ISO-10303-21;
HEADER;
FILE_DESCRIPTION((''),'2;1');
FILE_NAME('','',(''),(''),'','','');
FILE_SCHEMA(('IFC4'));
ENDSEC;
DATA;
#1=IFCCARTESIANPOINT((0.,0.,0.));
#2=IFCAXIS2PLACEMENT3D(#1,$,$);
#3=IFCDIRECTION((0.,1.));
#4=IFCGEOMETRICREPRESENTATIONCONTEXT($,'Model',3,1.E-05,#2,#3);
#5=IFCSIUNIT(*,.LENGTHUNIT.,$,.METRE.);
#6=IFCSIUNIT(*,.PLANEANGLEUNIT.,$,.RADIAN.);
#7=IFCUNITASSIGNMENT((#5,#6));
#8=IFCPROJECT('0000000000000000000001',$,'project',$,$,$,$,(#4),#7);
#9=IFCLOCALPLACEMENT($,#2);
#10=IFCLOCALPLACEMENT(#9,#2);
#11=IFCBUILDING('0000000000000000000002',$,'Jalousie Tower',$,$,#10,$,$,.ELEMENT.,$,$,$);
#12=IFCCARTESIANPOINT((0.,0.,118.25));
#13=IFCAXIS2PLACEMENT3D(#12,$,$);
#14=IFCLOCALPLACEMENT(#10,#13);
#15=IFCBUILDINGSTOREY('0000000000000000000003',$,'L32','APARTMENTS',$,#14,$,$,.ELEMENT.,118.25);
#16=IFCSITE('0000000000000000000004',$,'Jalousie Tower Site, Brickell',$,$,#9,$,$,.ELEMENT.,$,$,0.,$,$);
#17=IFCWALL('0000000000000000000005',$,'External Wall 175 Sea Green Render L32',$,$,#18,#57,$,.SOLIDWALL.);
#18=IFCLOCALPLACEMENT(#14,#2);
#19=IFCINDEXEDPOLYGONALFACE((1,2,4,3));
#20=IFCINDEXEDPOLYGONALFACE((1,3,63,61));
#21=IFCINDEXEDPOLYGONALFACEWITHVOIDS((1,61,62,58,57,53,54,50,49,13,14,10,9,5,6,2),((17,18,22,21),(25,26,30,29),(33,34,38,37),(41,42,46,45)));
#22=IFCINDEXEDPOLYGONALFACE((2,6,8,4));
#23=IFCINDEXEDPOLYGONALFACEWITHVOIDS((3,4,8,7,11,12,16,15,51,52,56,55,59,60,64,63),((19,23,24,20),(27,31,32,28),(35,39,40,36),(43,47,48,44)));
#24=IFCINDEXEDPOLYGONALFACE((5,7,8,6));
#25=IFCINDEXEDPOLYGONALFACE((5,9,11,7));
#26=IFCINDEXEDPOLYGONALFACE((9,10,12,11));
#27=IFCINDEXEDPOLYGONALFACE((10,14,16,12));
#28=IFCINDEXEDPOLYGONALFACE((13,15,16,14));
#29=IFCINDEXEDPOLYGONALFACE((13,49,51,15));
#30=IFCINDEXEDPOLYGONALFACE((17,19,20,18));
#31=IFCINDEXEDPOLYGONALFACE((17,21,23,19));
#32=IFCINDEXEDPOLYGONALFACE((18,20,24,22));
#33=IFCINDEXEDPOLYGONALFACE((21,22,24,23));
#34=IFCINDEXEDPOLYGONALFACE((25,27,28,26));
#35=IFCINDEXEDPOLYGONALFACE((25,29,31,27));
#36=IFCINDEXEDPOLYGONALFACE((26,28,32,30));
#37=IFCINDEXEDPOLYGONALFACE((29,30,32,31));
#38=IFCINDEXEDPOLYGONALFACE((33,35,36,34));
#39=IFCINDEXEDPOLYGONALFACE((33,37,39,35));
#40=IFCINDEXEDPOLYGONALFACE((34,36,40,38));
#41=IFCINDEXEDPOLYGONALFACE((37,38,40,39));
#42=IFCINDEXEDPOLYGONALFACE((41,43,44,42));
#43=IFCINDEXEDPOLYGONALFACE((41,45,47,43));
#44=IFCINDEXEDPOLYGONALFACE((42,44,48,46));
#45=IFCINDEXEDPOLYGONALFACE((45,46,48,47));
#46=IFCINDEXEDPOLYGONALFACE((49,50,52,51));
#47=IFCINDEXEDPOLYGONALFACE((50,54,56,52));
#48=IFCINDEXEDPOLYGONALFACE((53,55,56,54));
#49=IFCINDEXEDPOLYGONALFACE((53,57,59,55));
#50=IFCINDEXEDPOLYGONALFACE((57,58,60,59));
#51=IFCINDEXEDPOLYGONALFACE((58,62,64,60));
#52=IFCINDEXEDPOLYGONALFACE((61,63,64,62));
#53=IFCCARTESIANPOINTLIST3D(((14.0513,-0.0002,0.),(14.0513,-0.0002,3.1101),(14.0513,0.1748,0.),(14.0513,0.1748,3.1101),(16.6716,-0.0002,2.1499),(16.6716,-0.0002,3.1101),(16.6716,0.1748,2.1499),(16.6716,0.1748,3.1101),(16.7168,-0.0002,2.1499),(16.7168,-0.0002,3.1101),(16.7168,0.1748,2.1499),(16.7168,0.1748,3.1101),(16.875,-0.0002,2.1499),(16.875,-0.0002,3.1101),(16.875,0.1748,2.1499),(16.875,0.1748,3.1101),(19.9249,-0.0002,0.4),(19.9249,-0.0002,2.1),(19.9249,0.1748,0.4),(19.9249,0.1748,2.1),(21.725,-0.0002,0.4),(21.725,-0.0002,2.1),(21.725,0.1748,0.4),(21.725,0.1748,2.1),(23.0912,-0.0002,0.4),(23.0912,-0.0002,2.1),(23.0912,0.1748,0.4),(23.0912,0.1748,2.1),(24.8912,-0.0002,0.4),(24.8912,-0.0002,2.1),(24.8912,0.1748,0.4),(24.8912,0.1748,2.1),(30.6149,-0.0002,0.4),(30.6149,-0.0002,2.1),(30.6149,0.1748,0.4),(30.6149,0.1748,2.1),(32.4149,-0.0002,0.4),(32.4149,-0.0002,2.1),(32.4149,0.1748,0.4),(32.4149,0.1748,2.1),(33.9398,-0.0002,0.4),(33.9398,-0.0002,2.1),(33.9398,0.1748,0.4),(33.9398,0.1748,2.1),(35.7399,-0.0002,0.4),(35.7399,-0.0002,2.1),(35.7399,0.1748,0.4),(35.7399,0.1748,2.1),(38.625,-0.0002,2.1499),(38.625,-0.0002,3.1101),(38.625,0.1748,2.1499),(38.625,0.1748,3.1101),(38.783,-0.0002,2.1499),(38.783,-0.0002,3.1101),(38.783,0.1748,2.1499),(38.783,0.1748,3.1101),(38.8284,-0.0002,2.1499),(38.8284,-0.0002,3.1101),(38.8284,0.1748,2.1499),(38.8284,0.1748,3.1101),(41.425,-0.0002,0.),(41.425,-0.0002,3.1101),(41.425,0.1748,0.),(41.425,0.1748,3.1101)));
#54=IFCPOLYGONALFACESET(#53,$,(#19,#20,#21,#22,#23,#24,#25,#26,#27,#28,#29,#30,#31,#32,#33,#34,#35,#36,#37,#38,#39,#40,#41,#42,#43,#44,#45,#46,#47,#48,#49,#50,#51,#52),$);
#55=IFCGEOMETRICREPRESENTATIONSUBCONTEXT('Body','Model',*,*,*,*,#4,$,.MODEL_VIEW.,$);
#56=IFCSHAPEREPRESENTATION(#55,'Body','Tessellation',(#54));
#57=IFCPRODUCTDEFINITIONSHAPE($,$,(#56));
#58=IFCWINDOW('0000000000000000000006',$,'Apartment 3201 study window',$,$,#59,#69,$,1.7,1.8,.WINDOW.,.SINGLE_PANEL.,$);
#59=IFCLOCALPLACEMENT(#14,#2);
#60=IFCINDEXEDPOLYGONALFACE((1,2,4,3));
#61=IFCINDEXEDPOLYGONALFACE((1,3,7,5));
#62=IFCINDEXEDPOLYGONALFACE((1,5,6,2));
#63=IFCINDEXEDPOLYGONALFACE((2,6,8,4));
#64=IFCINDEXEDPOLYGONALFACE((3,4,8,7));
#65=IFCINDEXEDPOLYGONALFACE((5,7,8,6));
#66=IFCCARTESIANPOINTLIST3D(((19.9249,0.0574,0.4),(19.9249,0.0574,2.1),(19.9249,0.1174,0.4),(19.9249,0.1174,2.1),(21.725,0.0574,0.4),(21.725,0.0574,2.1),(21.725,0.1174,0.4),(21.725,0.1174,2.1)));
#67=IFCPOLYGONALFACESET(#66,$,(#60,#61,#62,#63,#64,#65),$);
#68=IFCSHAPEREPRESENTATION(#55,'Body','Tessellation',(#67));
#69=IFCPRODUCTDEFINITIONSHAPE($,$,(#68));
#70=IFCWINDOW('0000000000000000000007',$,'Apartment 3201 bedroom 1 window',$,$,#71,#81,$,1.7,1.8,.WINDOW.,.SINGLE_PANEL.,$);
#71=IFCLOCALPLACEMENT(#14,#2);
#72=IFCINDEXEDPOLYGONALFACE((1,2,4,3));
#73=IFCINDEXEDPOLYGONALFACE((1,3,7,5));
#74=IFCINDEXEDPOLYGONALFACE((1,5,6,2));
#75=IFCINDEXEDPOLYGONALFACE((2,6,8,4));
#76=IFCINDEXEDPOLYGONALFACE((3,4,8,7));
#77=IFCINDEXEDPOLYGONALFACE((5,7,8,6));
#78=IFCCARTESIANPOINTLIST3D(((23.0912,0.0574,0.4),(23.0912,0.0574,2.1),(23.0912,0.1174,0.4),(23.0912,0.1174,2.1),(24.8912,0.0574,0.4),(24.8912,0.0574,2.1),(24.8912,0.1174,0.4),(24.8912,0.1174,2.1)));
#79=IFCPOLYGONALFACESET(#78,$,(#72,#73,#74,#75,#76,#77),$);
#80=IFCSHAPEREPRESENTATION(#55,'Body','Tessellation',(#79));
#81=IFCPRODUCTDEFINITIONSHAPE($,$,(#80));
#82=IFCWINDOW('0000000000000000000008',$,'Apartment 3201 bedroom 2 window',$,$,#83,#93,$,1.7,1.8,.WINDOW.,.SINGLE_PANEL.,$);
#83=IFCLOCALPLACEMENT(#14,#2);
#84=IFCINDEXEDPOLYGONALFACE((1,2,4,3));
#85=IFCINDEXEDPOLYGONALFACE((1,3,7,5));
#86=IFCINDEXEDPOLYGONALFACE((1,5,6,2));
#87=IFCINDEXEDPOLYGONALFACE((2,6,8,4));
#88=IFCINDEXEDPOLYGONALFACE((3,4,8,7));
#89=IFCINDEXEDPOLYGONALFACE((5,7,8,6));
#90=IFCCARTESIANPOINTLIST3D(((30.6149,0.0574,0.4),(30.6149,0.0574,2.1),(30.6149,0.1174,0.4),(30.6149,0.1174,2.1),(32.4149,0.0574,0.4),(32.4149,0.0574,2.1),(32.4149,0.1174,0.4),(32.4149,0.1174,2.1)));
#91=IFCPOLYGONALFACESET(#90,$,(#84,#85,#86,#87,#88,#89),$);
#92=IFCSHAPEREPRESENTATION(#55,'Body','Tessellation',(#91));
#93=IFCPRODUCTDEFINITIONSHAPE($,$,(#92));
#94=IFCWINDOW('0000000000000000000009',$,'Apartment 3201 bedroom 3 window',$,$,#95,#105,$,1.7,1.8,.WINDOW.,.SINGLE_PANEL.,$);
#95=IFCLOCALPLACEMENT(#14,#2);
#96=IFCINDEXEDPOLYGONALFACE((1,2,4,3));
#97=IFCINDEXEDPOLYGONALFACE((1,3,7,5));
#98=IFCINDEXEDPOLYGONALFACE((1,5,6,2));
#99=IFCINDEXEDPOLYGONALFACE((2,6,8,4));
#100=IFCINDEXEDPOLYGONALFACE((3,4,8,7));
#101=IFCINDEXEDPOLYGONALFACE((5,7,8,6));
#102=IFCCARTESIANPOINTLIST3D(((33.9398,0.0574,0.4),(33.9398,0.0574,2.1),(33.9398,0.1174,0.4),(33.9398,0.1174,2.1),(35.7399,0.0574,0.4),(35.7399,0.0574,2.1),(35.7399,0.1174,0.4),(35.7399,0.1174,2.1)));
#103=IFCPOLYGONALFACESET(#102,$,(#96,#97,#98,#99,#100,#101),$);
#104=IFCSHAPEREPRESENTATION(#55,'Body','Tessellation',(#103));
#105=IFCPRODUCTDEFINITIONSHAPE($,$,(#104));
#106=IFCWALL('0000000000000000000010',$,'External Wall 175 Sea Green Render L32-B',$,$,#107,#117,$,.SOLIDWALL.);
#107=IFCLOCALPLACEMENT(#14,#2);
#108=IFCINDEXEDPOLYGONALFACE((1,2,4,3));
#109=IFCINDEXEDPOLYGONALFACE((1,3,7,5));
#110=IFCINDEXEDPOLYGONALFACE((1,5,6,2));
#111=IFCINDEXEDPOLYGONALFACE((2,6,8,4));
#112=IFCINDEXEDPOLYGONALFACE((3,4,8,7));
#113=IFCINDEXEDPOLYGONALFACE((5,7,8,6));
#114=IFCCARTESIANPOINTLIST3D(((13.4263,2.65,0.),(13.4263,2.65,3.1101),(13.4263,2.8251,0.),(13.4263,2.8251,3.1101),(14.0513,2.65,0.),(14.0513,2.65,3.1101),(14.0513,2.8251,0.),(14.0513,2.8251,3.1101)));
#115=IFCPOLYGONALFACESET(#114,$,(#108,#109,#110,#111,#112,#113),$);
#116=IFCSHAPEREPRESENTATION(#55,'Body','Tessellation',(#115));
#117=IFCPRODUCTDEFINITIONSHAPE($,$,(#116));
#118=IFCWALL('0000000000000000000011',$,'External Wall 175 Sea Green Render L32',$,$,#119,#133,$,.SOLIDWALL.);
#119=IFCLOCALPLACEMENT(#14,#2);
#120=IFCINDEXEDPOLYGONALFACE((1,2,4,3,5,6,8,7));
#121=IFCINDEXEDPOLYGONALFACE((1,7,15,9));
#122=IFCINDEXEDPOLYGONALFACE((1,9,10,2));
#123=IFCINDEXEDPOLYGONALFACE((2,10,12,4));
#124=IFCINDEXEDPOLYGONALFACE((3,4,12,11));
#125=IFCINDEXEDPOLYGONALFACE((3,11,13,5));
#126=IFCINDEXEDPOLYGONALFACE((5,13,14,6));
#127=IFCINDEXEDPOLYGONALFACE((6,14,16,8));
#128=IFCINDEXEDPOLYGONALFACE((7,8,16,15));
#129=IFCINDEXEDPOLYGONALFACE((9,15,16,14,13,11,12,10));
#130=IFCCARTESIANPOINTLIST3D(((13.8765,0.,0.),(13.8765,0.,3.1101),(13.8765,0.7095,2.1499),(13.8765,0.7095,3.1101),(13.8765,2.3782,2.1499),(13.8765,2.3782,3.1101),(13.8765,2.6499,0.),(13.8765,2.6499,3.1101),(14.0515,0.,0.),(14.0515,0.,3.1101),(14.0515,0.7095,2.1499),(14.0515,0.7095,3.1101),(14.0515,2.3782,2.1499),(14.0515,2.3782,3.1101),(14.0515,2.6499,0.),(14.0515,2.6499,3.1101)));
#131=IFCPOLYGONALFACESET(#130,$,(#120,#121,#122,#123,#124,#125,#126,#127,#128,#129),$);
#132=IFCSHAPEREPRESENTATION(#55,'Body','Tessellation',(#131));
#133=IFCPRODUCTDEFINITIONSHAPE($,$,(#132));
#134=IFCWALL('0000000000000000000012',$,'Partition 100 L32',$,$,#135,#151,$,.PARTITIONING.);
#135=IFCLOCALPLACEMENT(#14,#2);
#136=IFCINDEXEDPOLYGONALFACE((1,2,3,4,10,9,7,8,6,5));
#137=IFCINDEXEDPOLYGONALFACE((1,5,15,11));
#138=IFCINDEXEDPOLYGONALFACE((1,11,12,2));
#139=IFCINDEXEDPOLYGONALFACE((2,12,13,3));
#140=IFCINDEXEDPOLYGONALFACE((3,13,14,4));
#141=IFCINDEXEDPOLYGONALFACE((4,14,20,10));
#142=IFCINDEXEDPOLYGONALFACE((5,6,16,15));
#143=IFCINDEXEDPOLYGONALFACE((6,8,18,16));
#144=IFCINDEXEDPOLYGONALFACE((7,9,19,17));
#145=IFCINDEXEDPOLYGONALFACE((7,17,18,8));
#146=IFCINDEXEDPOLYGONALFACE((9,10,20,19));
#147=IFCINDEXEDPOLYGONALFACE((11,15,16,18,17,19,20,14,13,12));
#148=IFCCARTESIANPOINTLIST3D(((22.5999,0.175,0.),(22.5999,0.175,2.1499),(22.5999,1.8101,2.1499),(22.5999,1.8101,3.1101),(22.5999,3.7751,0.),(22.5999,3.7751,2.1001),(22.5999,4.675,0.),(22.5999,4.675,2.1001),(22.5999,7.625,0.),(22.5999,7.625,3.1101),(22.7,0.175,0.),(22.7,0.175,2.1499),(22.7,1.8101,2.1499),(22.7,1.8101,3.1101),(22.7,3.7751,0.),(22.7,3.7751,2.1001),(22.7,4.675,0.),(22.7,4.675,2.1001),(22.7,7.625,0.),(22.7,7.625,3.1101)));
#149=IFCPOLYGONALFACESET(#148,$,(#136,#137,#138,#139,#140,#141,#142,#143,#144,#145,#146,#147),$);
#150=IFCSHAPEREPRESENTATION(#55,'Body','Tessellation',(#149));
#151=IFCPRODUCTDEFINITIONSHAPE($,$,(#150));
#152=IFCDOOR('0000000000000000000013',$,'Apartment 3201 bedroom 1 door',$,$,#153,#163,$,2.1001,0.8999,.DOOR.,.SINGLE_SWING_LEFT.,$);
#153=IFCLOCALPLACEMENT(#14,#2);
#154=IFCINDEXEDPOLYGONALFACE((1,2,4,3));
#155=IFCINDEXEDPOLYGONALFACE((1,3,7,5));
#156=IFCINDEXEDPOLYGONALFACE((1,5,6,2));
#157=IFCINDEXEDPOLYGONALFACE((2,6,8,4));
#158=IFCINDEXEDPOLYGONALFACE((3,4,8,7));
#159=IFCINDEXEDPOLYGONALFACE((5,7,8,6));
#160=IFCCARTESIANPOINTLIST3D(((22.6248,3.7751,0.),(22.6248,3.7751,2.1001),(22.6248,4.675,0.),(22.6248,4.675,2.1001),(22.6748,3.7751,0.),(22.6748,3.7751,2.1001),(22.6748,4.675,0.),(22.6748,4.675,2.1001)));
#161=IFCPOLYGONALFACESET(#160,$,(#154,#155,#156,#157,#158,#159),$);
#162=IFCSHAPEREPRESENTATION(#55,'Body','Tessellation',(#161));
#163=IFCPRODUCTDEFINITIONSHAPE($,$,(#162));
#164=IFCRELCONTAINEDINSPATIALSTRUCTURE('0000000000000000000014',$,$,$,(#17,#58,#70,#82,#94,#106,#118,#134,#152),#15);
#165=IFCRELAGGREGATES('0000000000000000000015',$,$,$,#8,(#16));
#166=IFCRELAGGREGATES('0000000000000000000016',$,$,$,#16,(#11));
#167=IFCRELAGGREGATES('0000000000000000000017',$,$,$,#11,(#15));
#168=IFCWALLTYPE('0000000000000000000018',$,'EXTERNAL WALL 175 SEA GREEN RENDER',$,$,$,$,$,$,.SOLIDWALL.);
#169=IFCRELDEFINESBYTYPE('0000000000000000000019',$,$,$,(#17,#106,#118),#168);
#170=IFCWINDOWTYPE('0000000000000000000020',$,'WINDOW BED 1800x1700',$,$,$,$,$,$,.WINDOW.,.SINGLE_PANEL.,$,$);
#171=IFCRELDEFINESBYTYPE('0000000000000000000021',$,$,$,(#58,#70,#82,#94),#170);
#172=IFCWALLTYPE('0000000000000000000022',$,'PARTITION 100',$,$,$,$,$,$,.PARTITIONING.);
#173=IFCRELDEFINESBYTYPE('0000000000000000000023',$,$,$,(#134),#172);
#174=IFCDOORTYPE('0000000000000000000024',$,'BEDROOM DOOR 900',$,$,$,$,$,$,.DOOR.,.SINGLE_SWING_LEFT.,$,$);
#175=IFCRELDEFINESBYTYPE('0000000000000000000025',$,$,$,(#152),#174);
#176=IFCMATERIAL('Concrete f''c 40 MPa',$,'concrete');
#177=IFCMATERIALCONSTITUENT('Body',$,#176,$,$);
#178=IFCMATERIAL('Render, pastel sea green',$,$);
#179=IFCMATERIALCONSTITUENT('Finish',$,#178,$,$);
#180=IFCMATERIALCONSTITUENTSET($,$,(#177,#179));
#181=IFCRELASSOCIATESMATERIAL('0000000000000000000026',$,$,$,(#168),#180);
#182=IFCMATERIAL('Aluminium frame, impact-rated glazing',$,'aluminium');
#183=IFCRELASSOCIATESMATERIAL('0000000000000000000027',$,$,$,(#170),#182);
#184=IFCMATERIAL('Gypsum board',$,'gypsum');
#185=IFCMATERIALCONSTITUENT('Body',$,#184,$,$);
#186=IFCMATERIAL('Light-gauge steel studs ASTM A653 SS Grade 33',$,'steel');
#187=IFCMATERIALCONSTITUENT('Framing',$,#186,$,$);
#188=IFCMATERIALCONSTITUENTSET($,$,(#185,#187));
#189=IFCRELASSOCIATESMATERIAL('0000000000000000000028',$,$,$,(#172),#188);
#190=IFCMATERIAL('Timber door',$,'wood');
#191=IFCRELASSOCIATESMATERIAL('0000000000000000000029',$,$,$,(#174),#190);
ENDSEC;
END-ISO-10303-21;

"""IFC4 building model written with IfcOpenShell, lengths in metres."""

from ifc_helpers import new_model, si_unit, direction, frame, frame_2d, origin, place, context, subcontext, project, spatial, polyline, rectangle, outline, extrude, material, constituent, constituent_set, type_object, element, fill, save


model = new_model("IFC4")

# Units and contexts
model_context = context("Model", 3, precision=1e-05, world=origin(), true_north=direction((0.0, 1.0)))
body_context = subcontext(model_context, "Body", "Model", "MODEL_VIEW")
ifc_project = project(units=[si_unit("LENGTHUNIT", "METRE"), si_unit("PLANEANGLEUNIT", "RADIAN")], contexts=[model_context])

# Site, building, storey
site_placement = place(None, origin())
site = spatial("IfcSite", under=ifc_project, at=site_placement, Name="Jalousie Tower Site, Brickell", CompositionType="ELEMENT", RefElevation=0.0)
building_placement = place(site_placement, origin())
building = spatial("IfcBuilding", under=site, at=building_placement, Name="Jalousie Tower", CompositionType="ELEMENT")
storey_placement = place(building_placement, frame((0.0, 0.0, 118.25)))
storey = spatial("IfcBuildingStorey", under=building, at=storey_placement, Name="L32", Description="APARTMENTS", CompositionType="ELEMENT", Elevation=118.25)

# Wall, openings, windows
ifc_material_1 = material(Name="Concrete f'c 40 MPa", Category="concrete")
ifc_constituent_1 = constituent(ifc_material_1, Name="Body")
ifc_material_2 = material(Name="Render, pastel sea green")
ifc_constituent_2 = constituent(ifc_material_2, Name="Finish")
ifc_constituent_set_1 = constituent_set(constituents=[ifc_constituent_1, ifc_constituent_2])
wall_type_1 = type_object("IfcWallType", Name="EXTERNAL WALL 175 SEA GREEN RENDER", PredefinedType="SOLIDWALL", material=ifc_constituent_set_1)
wall_1_placement = place(storey_placement, frame((14.0513, 0.0874, 0.0), z_axis=(0.0, 0.0, 1.0), x_axis=(1.0, 0.0, 0.0)))
wall_1 = element("IfcWall", 1, at=wall_1_placement, inside=storey, type_object=wall_type_1, Name="External Wall 175 Sea Green Render L32", PredefinedType="SOLIDWALL", context=body_context, shape_type="SweptSolid", body=[
    extrude(outline(polyline([(0.0, 0.0), (27.3738, 0.0), (27.3738, 3.1101), (24.7771, 3.1101), (24.7771, 2.1499), (24.7317, 2.1499), (24.7317, 3.1101), (24.5737, 3.1101), (24.5737, 2.1499), (2.8237, 2.1499), (2.8237, 3.1101), (2.6655, 3.1101), (2.6655, 2.1499), (2.6204, 2.1499), (2.6204, 3.1101), (0.0, 3.1101), (0.0, 0.0)])), frame((0.0, 0.0874, 0.0), z_axis=(0.0, -1.0, 0.0), x_axis=(1.0, 0.0, 0.0)), (0.0, 0.0, 1.0), 0.175),
])
opening_1_placement = place(wall_1_placement, frame((5.8738, 0.0, 0.3999)))
opening_1 = element("IfcOpeningElement", 2, at=opening_1_placement, cuts=wall_1, PredefinedType="OPENING", context=body_context, shape_type="SweptSolid", body=[
    extrude(rectangle(XDim=1.8, YDim=1.7, at=frame_2d((0.8999, 0.8501))), frame((0.0, 0.0974, 0.0), z_axis=(0.0, -1.0, 0.0), x_axis=(1.0, 0.0, 0.0)), (0.0, 0.0, 1.0), 0.1951),
])
opening_2_placement = place(wall_1_placement, frame((9.04, 0.0, 0.3999)))
opening_2 = element("IfcOpeningElement", 3, at=opening_2_placement, cuts=wall_1, PredefinedType="OPENING", context=body_context, shape_type="SweptSolid", body=[
    extrude(rectangle(XDim=1.8, YDim=1.7, at=frame_2d((0.8999, 0.8501))), frame((0.0, 0.0974, 0.0), z_axis=(0.0, -1.0, 0.0), x_axis=(1.0, 0.0, 0.0)), (0.0, 0.0, 1.0), 0.1951),
])
opening_3_placement = place(wall_1_placement, frame((16.5637, 0.0, 0.3999)))
opening_3 = element("IfcOpeningElement", 4, at=opening_3_placement, cuts=wall_1, PredefinedType="OPENING", context=body_context, shape_type="SweptSolid", body=[
    extrude(rectangle(XDim=1.8, YDim=1.7, at=frame_2d((0.8999, 0.8501))), frame((0.0, 0.0974, 0.0), z_axis=(0.0, -1.0, 0.0), x_axis=(1.0, 0.0, 0.0)), (0.0, 0.0, 1.0), 0.1951),
])
opening_4_placement = place(wall_1_placement, frame((19.8887, 0.0, 0.3999)))
opening_4 = element("IfcOpeningElement", 5, at=opening_4_placement, cuts=wall_1, PredefinedType="OPENING", context=body_context, shape_type="SweptSolid", body=[
    extrude(rectangle(XDim=1.8, YDim=1.7, at=frame_2d((0.8999, 0.8501))), frame((0.0, 0.0974, 0.0), z_axis=(0.0, -1.0, 0.0), x_axis=(1.0, 0.0, 0.0)), (0.0, 0.0, 1.0), 0.1951),
])
ifc_material_3 = material(Name="Aluminium frame, impact-rated glazing", Category="aluminium")
window_type = type_object("IfcWindowType", Name="WINDOW BED 1800x1700", PartitioningType="SINGLE_PANEL", PredefinedType="WINDOW", material=ifc_material_3)
window_1_placement = place(opening_1_placement, origin())
window_1 = element("IfcWindow", 6, at=window_1_placement, inside=storey, type_object=window_type, Name="Apartment 3201 study window", OverallHeight=1.7, OverallWidth=1.8, PartitioningType="SINGLE_PANEL", PredefinedType="WINDOW", context=body_context, shape_type="SweptSolid", body=[
    extrude(rectangle(XDim=1.8, YDim=1.7, at=frame_2d((0.8999, 0.8501))), frame((0.0, 0.03, 0.0), z_axis=(0.0, -1.0, 0.0), x_axis=(1.0, 0.0, 0.0)), (0.0, 0.0, 1.0), 0.0601),
])
fill(opening_1, window_1)
window_2_placement = place(opening_2_placement, origin())
window_2 = element("IfcWindow", 7, at=window_2_placement, inside=storey, type_object=window_type, Name="Apartment 3201 bedroom 1 window", OverallHeight=1.7, OverallWidth=1.8, PartitioningType="SINGLE_PANEL", PredefinedType="WINDOW", context=body_context, shape_type="SweptSolid", body=[
    extrude(rectangle(XDim=1.8, YDim=1.7, at=frame_2d((0.8999, 0.8501))), frame((0.0, 0.03, 0.0), z_axis=(0.0, -1.0, 0.0), x_axis=(1.0, 0.0, 0.0)), (0.0, 0.0, 1.0), 0.0601),
])
fill(opening_2, window_2)
window_3_placement = place(opening_3_placement, origin())
window_3 = element("IfcWindow", 8, at=window_3_placement, inside=storey, type_object=window_type, Name="Apartment 3201 bedroom 2 window", OverallHeight=1.7, OverallWidth=1.8, PartitioningType="SINGLE_PANEL", PredefinedType="WINDOW", context=body_context, shape_type="SweptSolid", body=[
    extrude(rectangle(XDim=1.8, YDim=1.7, at=frame_2d((0.8999, 0.8501))), frame((0.0, 0.03, 0.0), z_axis=(0.0, -1.0, 0.0), x_axis=(1.0, 0.0, 0.0)), (0.0, 0.0, 1.0), 0.0601),
])
fill(opening_3, window_3)
window_4_placement = place(opening_4_placement, origin())
window_4 = element("IfcWindow", 9, at=window_4_placement, inside=storey, type_object=window_type, Name="Apartment 3201 bedroom 3 window", OverallHeight=1.7, OverallWidth=1.8, PartitioningType="SINGLE_PANEL", PredefinedType="WINDOW", context=body_context, shape_type="SweptSolid", body=[
    extrude(rectangle(XDim=1.8, YDim=1.7, at=frame_2d((0.8999, 0.8501))), frame((0.0, 0.03, 0.0), z_axis=(0.0, -1.0, 0.0), x_axis=(1.0, 0.0, 0.0)), (0.0, 0.0, 1.0), 0.0601),
])
fill(opening_4, window_4)

# Walls
wall_2_placement = place(storey_placement, frame((13.4263, 2.7375, 0.0), z_axis=(0.0, 0.0, 1.0), x_axis=(1.0, 0.0, 0.0)))
element("IfcWall", 10, at=wall_2_placement, inside=storey, type_object=wall_type_1, Name="External Wall 175 Sea Green Render L32-B", PredefinedType="SOLIDWALL", context=body_context, shape_type="SweptSolid", body=[
    extrude(rectangle(XDim=0.625, YDim=0.175, at=frame_2d((0.3125, 0.0))), origin(), (0.0, 0.0, 1.0), 3.1101),
])
wall_3_placement = place(storey_placement, frame((13.9639, 0.0, 0.0), z_axis=(0.0, 0.0, 1.0), x_axis=(0.0, 1.0, 0.0)))
element("IfcWall", 11, at=wall_3_placement, inside=storey, type_object=wall_type_1, Name="External Wall 175 Sea Green Render L32", PredefinedType="SOLIDWALL", context=body_context, shape_type="SweptSolid", body=[
    extrude(outline(polyline([(0.0, 0.0), (2.6499, 0.0), (2.6499, 3.1101), (2.3782, 3.1101), (2.3782, 2.1499), (0.7095, 2.1499), (0.7095, 3.1101), (0.0, 3.1101), (0.0, 0.0)])), frame((0.0, 0.0874, 0.0), z_axis=(0.0, -1.0, 0.0), x_axis=(1.0, 0.0, 0.0)), (0.0, 0.0, 1.0), 0.175),
])

# Wall, opening, door
ifc_material_4 = material(Name="Gypsum board", Category="gypsum")
ifc_constituent_3 = constituent(ifc_material_4, Name="Body")
ifc_material_5 = material(Name="Light-gauge steel studs ASTM A653 SS Grade 33", Category="steel")
ifc_constituent_4 = constituent(ifc_material_5, Name="Framing")
ifc_constituent_set_2 = constituent_set(constituents=[ifc_constituent_3, ifc_constituent_4])
wall_type_2 = type_object("IfcWallType", Name="PARTITION 100", PredefinedType="PARTITIONING", material=ifc_constituent_set_2)
wall_4_placement = place(storey_placement, frame((22.6499, 0.175, 0.0), z_axis=(0.0, 0.0, 1.0), x_axis=(0.0, 1.0, 0.0)))
wall_4 = element("IfcWall", 12, at=wall_4_placement, inside=storey, type_object=wall_type_2, Name="Partition 100 L32", PredefinedType="PARTITIONING", context=body_context, shape_type="SweptSolid", body=[
    extrude(outline(polyline([(0.0, 0.0), (7.45, 0.0), (7.45, 3.1101), (1.635, 3.1101), (1.635, 2.1499), (0.0, 2.1499), (0.0, 3.1101), (0.0, 0.0)])), frame((0.0, 0.05, 0.0), z_axis=(0.0, -1.0, 0.0), x_axis=(1.0, 0.0, 0.0)), (0.0, 0.0, 1.0), 0.1001),
])
opening_5_placement = place(wall_4_placement, frame((3.6001, 0.0, 0.0)))
opening_5 = element("IfcOpeningElement", 13, at=opening_5_placement, cuts=wall_4, PredefinedType="OPENING", context=body_context, shape_type="SweptSolid", body=[
    extrude(rectangle(XDim=0.8999, YDim=2.1001, at=frame_2d((0.45, 1.05))), frame((0.0, 0.0601, 0.0), z_axis=(0.0, -1.0, 0.0), x_axis=(1.0, 0.0, 0.0)), (0.0, 0.0, 1.0), 0.1201),
])
ifc_material_6 = material(Name="Timber door", Category="wood")
door_type = type_object("IfcDoorType", Name="BEDROOM DOOR 900", OperationType="SINGLE_SWING_LEFT", PredefinedType="DOOR", material=ifc_material_6)
door_1_placement = place(opening_5_placement, frame((0.8999, 0.0, 0.0), z_axis=(0.0, 0.0, 1.0), x_axis=(-1.0, 0.0, 0.0)))
door_1 = element("IfcDoor", 14, at=door_1_placement, inside=storey, type_object=door_type, Name="Apartment 3201 bedroom 1 door", OperationType="SINGLE_SWING_LEFT", OverallHeight=2.1001, OverallWidth=0.8999, PredefinedType="DOOR", context=body_context, shape_type="SweptSolid", body=[
    extrude(rectangle(XDim=0.8999, YDim=2.1001, at=frame_2d((0.45, 1.05))), frame((0.0, 0.0249, 0.0), z_axis=(0.0, -1.0, 0.0), x_axis=(1.0, 0.0, 0.0)), (0.0, 0.0, 1.0), 0.05),
])
fill(opening_5, door_1)

save(model, "model.ifc")
